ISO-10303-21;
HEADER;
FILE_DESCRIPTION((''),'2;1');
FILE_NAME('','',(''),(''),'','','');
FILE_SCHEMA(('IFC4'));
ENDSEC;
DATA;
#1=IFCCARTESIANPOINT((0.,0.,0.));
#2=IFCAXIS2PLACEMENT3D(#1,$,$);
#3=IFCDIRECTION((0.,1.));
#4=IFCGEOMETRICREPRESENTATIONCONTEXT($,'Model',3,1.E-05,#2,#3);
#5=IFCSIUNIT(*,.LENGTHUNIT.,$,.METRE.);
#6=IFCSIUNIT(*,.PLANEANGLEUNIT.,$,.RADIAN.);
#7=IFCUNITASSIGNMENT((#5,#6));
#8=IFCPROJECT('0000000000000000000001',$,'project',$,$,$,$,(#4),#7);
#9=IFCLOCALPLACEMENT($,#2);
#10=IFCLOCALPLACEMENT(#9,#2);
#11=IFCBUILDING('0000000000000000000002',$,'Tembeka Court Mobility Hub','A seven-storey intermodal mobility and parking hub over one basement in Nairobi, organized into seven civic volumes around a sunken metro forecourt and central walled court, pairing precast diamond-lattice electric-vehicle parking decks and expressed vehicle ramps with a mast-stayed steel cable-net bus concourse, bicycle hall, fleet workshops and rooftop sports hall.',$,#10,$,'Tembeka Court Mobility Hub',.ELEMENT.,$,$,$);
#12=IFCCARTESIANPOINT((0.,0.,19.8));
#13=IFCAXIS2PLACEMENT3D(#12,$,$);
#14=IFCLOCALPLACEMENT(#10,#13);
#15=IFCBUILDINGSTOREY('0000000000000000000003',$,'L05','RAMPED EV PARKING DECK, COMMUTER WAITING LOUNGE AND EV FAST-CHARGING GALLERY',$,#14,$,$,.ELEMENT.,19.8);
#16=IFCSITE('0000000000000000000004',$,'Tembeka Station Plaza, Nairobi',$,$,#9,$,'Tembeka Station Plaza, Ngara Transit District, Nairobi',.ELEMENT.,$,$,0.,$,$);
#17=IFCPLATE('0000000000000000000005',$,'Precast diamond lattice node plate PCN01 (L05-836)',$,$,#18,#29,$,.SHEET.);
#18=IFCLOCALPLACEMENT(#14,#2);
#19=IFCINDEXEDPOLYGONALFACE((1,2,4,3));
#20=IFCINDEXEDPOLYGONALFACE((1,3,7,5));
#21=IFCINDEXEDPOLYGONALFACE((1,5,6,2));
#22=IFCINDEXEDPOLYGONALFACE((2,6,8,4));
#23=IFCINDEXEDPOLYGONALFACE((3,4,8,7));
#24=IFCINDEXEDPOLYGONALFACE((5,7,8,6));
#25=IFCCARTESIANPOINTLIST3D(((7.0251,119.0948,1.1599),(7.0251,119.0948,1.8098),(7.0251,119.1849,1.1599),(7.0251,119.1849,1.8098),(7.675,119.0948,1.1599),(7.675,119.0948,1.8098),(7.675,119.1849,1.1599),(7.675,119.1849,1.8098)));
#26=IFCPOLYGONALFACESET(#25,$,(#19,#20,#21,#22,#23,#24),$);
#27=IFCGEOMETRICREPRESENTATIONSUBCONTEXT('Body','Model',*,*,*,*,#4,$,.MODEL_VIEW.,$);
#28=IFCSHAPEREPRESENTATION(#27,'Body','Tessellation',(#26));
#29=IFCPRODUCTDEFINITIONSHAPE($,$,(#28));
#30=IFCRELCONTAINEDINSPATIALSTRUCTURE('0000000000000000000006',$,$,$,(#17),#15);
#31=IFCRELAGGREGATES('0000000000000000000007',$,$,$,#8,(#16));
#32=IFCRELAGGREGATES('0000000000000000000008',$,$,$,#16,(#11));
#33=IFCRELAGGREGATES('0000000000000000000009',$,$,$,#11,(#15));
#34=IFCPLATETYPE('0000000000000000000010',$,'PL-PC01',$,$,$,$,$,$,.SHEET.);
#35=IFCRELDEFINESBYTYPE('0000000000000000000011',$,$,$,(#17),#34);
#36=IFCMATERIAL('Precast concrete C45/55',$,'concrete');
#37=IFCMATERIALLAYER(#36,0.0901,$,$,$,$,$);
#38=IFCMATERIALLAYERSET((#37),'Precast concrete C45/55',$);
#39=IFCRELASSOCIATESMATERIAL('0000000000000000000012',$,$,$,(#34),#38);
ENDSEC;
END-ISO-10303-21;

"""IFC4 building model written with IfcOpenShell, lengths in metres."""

from ifc_helpers import new_model, si_unit, direction, frame, origin, origin_2d, place, context, subcontext, project, spatial, rectangle, extrude, material, layer, layer_set, type_object, element, save


model = new_model("IFC4")

# Units and contexts
model_context = context("Model", 3, precision=1e-05, world=origin(), true_north=direction((0.0, 1.0)))
body_context = subcontext(model_context, "Body", "Model", "MODEL_VIEW")
ifc_project = project(units=[si_unit("LENGTHUNIT", "METRE"), si_unit("PLANEANGLEUNIT", "RADIAN")], contexts=[model_context])

# Site, building, storey
site_placement = place(None, origin())
site = spatial("IfcSite", under=ifc_project, at=site_placement, Name="Tembeka Station Plaza, Nairobi", LongName="Tembeka Station Plaza, Ngara Transit District, Nairobi", CompositionType="ELEMENT", RefElevation=0.0)
building_placement = place(site_placement, origin())
building = spatial("IfcBuilding", under=site, at=building_placement, Name="Tembeka Court Mobility Hub", Description="A seven-storey intermodal mobility and parking hub over one basement in Nairobi, organized into seven civic volumes around a sunken metro forecourt and central walled court, pairing precast diamond-lattice electric-vehicle parking decks and expressed vehicle ramps with a mast-stayed steel cable-net bus concourse, bicycle hall, fleet workshops and rooftop sports hall.", LongName="Tembeka Court Mobility Hub", CompositionType="ELEMENT")
storey_placement = place(building_placement, frame((0.0, 0.0, 19.8)))
storey = spatial("IfcBuildingStorey", under=building, at=storey_placement, Name="L05", Description="RAMPED EV PARKING DECK, COMMUTER WAITING LOUNGE AND EV FAST-CHARGING GALLERY", CompositionType="ELEMENT", Elevation=19.8)

# Shared definitions
ifc_material_1 = material(Name="Precast concrete C45/55", Category="concrete")

# Plate
ifc_layer_1 = layer(ifc_material_1, 0.0901)
ifc_layer_set_1 = layer_set([ifc_layer_1], Name="Precast concrete C45/55")
plate_type_1 = type_object("IfcPlateType", Name="PL-PC01", PredefinedType="SHEET", material=ifc_layer_set_1)
for number, where, z_axis, x_axis, name in (
    (1, (7.3501, 119.1399, 1.1599), (0.0, 0.0, 1.0), (1.0, 0.0, 0.0), "Precast diamond lattice node plate PCN01 (L05-836)"),
):
    element("IfcPlate", number, at=place(storey_placement, frame(where, z_axis=z_axis, x_axis=x_axis)), inside=storey, type_object=plate_type_1, Name=name, PredefinedType="SHEET", context=body_context, shape_type="SweptSolid", body=[
        extrude(rectangle(XDim=0.6499, YDim=0.0901, at=origin_2d()), origin(), (0.0, 0.0, 1.0), 0.6499),
    ])

save(model, "model.ifc")
